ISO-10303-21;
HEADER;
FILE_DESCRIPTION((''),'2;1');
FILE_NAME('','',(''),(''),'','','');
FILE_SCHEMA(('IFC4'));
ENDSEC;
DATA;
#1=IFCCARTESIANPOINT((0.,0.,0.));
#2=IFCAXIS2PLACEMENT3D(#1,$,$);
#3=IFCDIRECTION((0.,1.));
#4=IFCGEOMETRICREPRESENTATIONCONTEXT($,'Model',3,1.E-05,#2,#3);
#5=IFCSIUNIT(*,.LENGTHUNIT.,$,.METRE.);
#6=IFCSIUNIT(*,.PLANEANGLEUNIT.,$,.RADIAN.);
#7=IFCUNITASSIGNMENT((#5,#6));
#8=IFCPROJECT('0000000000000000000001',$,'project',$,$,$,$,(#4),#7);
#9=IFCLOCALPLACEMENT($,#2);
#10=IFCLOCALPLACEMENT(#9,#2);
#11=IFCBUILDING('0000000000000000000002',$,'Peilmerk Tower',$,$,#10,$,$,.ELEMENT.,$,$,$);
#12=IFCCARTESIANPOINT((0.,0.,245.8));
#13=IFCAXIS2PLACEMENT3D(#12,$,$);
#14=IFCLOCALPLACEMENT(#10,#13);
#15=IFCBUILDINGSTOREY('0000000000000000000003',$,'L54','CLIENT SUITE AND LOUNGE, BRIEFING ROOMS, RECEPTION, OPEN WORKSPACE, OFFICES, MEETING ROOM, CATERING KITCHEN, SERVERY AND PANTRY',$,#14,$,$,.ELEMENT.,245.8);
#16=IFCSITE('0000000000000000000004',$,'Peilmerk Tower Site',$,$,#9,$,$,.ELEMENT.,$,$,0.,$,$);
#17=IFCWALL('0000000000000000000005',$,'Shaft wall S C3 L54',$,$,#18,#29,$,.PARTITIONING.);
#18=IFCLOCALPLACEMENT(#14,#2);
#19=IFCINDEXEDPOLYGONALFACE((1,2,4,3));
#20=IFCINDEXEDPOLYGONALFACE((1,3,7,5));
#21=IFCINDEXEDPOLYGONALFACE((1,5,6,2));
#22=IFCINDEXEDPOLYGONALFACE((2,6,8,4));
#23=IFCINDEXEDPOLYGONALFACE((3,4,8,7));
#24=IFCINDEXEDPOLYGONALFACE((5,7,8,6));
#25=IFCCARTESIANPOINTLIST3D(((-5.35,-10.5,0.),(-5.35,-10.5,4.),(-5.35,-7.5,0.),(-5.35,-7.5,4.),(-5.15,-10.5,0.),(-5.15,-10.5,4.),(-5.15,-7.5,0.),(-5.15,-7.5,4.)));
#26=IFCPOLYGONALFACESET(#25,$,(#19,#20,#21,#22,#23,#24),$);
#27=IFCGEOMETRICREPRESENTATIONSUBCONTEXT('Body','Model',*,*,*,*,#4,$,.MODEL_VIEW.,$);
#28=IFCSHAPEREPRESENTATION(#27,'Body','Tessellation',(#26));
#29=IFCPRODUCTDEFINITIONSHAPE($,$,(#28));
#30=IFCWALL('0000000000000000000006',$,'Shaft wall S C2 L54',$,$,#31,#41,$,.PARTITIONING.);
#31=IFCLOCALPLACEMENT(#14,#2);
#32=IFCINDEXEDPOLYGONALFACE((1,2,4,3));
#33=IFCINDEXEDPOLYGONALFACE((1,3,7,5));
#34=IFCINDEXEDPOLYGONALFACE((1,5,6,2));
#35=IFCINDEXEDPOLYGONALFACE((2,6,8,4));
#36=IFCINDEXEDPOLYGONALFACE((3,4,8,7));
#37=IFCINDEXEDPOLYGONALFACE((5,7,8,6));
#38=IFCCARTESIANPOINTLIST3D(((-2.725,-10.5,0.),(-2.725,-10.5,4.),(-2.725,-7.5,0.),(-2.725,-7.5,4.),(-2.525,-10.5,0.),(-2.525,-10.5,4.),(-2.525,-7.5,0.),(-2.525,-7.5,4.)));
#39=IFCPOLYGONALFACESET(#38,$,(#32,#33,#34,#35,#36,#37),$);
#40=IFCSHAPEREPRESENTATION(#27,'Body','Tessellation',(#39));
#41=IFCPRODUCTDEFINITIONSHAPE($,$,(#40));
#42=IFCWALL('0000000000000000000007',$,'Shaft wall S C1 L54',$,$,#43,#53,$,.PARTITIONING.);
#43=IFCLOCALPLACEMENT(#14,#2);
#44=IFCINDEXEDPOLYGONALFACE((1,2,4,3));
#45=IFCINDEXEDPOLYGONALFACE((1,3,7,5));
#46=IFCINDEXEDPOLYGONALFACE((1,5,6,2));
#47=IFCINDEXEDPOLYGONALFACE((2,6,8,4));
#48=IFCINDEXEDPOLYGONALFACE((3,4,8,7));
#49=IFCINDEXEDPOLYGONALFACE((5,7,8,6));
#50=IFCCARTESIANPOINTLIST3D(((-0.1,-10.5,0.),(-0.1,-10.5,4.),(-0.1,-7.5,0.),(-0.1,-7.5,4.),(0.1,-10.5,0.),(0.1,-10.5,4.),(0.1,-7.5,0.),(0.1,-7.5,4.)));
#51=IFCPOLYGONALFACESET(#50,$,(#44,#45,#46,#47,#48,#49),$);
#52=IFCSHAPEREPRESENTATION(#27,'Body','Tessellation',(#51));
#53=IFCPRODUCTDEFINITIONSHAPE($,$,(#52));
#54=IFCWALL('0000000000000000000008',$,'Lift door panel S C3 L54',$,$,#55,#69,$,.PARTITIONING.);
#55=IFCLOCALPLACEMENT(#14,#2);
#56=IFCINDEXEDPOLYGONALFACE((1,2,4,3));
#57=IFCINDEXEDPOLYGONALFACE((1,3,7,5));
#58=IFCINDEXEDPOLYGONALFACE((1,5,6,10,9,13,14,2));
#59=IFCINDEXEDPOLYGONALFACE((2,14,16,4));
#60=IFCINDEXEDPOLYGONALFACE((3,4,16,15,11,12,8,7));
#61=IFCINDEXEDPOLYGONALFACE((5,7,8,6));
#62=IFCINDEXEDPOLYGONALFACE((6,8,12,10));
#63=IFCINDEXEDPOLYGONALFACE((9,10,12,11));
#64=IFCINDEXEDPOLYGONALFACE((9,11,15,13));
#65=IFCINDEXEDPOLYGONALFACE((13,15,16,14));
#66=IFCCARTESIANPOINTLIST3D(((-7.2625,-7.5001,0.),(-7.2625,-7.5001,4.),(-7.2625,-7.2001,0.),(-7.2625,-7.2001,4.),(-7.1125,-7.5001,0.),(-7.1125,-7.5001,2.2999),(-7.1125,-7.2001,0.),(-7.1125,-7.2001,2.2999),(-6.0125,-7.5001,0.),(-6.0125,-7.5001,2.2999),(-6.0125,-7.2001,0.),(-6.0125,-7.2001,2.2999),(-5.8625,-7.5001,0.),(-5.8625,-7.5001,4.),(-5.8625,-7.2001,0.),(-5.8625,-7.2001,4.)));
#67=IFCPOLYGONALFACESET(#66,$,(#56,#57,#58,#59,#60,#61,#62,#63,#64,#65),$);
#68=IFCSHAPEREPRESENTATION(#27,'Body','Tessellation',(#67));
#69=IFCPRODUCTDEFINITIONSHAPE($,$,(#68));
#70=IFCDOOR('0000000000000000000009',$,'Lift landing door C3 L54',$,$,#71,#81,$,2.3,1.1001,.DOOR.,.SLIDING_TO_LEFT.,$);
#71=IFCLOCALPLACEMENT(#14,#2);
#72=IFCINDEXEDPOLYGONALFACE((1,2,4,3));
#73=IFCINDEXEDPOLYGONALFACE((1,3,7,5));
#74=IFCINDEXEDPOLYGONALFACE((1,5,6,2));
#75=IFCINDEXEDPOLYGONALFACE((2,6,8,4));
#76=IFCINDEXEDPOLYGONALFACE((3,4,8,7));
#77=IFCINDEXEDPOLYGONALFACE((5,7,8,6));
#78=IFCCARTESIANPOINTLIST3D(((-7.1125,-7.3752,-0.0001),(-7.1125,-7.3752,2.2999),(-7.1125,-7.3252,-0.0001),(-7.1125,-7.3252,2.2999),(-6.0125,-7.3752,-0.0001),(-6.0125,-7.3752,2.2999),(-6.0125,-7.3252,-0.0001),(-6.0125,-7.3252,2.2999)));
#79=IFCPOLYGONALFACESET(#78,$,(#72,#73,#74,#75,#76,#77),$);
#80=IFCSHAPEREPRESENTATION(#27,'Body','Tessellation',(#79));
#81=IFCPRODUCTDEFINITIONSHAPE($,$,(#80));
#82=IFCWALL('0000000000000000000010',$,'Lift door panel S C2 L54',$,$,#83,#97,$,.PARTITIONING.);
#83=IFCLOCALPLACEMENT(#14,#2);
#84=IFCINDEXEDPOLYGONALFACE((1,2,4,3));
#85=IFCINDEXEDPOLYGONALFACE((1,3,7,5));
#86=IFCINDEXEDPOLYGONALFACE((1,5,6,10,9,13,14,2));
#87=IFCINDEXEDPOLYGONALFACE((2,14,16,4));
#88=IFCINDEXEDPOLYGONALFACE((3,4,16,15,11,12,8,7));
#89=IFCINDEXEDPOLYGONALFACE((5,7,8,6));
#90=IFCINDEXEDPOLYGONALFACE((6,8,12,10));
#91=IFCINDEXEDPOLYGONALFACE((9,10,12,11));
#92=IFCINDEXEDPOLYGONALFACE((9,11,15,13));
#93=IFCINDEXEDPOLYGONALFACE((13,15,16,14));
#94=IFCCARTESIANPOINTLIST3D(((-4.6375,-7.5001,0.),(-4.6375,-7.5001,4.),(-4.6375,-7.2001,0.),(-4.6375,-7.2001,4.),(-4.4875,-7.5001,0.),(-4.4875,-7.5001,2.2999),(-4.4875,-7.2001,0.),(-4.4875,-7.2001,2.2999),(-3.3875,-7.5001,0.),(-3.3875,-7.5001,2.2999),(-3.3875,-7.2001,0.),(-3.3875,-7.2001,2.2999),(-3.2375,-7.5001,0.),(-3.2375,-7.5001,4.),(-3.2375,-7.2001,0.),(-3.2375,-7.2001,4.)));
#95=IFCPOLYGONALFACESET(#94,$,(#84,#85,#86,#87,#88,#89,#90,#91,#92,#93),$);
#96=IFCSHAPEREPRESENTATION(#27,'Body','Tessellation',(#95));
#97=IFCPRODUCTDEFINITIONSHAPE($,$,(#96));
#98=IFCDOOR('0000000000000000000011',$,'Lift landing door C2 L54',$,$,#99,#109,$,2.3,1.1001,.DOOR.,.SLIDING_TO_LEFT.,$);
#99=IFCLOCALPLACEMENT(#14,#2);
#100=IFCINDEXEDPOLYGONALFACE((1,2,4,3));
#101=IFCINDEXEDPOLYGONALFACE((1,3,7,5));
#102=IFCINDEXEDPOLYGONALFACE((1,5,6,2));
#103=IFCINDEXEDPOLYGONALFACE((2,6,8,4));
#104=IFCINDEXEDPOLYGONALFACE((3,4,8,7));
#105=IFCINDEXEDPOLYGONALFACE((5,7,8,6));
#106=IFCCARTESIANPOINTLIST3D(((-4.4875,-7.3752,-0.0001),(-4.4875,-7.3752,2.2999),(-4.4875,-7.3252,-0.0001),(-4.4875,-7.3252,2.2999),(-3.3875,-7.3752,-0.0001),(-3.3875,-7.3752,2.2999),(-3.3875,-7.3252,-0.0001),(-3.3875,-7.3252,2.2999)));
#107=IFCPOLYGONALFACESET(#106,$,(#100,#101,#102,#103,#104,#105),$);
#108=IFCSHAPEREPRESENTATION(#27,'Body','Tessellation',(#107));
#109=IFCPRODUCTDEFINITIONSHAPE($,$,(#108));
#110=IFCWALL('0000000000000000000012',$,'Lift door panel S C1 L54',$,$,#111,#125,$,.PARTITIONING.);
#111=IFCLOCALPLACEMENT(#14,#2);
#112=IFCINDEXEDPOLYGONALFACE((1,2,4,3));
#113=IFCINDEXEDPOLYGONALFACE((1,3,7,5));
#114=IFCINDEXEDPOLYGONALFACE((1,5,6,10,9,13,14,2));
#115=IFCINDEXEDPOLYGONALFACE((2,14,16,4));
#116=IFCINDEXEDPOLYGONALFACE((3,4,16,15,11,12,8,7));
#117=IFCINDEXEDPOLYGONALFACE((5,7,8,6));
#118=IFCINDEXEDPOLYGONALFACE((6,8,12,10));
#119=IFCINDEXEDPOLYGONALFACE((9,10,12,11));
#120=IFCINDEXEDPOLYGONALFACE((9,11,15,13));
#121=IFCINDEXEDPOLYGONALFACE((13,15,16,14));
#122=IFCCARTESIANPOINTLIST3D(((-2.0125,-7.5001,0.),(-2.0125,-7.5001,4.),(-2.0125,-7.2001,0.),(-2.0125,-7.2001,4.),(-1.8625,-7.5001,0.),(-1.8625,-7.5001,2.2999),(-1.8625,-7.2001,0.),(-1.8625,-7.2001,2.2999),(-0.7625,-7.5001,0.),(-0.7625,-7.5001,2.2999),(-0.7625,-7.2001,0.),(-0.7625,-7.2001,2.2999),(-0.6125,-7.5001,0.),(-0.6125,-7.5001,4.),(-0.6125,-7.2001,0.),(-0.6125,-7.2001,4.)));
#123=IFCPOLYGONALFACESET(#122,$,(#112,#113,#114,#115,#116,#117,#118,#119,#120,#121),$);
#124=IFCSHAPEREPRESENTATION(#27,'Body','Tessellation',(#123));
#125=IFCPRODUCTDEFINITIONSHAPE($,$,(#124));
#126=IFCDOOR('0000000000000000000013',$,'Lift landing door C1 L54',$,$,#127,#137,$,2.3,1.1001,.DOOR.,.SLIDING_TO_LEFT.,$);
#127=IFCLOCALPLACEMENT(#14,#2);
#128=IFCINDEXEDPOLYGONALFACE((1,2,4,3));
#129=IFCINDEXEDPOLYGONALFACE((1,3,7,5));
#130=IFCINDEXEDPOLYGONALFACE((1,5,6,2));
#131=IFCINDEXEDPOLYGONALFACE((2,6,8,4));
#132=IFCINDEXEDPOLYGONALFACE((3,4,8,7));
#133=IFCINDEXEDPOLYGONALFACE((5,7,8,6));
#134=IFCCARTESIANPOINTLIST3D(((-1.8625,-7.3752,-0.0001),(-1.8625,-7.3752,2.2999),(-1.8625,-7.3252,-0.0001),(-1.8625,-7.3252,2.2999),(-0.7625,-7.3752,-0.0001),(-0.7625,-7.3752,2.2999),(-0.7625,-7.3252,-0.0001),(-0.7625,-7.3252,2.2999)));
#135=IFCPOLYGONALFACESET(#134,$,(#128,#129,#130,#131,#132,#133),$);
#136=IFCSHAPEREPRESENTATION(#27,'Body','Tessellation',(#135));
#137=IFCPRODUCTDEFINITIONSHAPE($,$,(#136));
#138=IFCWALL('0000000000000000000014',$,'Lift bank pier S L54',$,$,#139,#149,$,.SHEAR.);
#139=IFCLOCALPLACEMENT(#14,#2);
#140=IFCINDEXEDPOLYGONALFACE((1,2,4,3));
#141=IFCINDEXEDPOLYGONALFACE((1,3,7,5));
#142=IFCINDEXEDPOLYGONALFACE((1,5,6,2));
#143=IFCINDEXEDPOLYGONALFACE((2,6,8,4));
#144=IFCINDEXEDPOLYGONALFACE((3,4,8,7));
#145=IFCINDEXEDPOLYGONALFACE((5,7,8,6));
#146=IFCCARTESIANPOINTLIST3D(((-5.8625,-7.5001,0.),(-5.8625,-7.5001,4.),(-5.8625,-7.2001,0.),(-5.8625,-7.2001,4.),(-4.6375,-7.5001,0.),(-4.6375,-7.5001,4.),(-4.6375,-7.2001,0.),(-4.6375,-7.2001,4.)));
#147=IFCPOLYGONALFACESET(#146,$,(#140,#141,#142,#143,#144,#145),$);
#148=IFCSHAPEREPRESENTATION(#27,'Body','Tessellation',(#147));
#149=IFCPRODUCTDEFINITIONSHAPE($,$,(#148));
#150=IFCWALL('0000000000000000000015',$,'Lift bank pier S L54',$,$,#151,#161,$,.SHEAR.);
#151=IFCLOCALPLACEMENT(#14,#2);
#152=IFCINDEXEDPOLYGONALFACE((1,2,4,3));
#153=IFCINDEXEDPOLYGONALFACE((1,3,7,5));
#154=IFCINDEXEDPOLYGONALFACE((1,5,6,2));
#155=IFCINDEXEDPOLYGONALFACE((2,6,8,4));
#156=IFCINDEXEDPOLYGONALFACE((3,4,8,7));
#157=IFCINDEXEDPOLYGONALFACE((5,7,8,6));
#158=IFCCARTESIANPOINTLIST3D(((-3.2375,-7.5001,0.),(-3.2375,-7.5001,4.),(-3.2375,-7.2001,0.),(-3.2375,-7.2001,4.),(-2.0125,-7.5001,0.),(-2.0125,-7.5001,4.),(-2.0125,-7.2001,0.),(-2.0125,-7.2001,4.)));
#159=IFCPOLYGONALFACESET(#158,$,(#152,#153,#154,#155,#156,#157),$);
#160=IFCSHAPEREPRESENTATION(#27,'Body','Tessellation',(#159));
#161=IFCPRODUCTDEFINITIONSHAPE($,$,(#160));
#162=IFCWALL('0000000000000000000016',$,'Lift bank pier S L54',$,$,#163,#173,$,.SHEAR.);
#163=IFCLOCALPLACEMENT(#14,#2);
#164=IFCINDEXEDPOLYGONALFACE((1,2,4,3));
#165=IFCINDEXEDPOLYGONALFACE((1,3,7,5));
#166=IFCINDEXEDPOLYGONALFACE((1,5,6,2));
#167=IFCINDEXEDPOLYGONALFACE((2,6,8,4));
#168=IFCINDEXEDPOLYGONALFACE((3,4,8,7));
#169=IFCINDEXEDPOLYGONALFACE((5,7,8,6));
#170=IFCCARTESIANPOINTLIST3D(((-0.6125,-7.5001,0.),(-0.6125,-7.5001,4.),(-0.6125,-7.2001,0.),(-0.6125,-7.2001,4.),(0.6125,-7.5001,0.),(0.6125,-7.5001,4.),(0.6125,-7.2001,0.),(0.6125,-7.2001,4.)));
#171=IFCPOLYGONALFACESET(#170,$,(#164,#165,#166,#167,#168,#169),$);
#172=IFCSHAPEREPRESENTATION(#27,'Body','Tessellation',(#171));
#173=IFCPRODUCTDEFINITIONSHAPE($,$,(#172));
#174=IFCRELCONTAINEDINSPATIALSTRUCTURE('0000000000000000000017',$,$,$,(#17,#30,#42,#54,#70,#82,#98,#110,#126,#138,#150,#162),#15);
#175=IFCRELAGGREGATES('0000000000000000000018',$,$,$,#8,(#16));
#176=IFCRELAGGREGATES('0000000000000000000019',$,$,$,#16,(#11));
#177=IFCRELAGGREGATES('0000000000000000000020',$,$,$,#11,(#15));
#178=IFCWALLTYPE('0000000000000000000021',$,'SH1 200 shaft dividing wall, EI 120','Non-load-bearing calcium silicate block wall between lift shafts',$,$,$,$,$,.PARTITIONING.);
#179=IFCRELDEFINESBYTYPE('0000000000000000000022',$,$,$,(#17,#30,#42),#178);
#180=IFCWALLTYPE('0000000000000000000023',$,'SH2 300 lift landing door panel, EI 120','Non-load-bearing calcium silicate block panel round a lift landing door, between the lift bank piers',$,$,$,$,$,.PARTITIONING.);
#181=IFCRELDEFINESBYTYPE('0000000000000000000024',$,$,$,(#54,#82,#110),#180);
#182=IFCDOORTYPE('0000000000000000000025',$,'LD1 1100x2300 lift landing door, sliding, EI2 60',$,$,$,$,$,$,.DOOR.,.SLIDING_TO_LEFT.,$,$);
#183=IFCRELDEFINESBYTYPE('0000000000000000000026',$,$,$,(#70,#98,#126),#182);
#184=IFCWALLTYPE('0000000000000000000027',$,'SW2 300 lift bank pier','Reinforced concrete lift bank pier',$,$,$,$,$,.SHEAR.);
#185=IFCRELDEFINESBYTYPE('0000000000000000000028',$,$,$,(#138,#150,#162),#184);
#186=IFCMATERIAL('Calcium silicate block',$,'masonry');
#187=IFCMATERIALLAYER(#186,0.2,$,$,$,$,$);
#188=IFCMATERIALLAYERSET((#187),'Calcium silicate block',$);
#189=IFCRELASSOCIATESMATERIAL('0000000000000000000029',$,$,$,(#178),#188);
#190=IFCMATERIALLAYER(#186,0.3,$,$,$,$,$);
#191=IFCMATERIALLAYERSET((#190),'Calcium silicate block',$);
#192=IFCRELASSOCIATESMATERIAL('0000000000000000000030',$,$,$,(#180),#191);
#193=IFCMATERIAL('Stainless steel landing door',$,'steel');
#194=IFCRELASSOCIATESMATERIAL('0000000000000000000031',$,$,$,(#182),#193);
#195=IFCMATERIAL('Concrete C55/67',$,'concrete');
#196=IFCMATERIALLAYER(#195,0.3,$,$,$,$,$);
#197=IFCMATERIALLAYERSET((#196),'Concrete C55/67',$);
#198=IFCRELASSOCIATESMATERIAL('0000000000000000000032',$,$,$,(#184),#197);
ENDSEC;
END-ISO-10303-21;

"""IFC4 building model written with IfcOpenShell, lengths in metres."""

from ifc_helpers import new_model, si_unit, direction, frame, frame_2d, origin, place, context, subcontext, project, spatial, rectangle, extrude, material, layer, layer_set, type_object, element, fill, save


model = new_model("IFC4")

# Units and contexts
model_context = context("Model", 3, precision=1e-05, world=origin(), true_north=direction((0.0, 1.0)))
body_context = subcontext(model_context, "Body", "Model", "MODEL_VIEW")
ifc_project = project(units=[si_unit("LENGTHUNIT", "METRE"), si_unit("PLANEANGLEUNIT", "RADIAN")], contexts=[model_context])

# Site, building, storey
site_placement = place(None, origin())
site = spatial("IfcSite", under=ifc_project, at=site_placement, Name="Peilmerk Tower Site", CompositionType="ELEMENT", RefElevation=0.0)
building_placement = place(site_placement, origin())
building = spatial("IfcBuilding", under=site, at=building_placement, Name="Peilmerk Tower", CompositionType="ELEMENT")
storey_placement = place(building_placement, frame((0.0, 0.0, 245.8)))
storey = spatial("IfcBuildingStorey", under=building, at=storey_placement, Name="L54", Description="CLIENT SUITE AND LOUNGE, BRIEFING ROOMS, RECEPTION, OPEN WORKSPACE, OFFICES, MEETING ROOM, CATERING KITCHEN, SERVERY AND PANTRY", CompositionType="ELEMENT", Elevation=245.8)

# Walls
ifc_material_1 = material(Name="Calcium silicate block", Category="masonry")
ifc_layer_1 = layer(ifc_material_1, 0.2)
ifc_layer_set_1 = layer_set([ifc_layer_1], Name="Calcium silicate block")
wall_type_1 = type_object("IfcWallType", Name="SH1 200 shaft dividing wall, EI 120", Description="Non-load-bearing calcium silicate block wall between lift shafts", PredefinedType="PARTITIONING", material=ifc_layer_set_1)
for number, where, z_axis, x_axis, name in (
    (1, (-5.25, -10.5, 0.0), (0.0, 0.0, 1.0), (0.0, 1.0, 0.0), "Shaft wall S C3 L54"),
    (2, (-2.625, -10.5, 0.0), (0.0, 0.0, 1.0), (0.0, 1.0, 0.0), "Shaft wall S C2 L54"),
    (3, (0.0, -10.5, 0.0), (0.0, 0.0, 1.0), (0.0, 1.0, 0.0), "Shaft wall S C1 L54"),
):
    element("IfcWall", number, at=place(storey_placement, frame(where, z_axis=z_axis, x_axis=x_axis)), inside=storey, type_object=wall_type_1, Name=name, PredefinedType="PARTITIONING", context=body_context, shape_type="SweptSolid", body=[
        extrude(rectangle(XDim=3.0, YDim=0.2, at=frame_2d((1.5, 0.0))), origin(), (0.0, 0.0, 1.0), 4.0),
    ])

# Walls, openings, doors
ifc_layer_2 = layer(ifc_material_1, 0.3)
ifc_layer_set_2 = layer_set([ifc_layer_2], Name="Calcium silicate block")
wall_type_2 = type_object("IfcWallType", Name="SH2 300 lift landing door panel, EI 120", Description="Non-load-bearing calcium silicate block panel round a lift landing door, between the lift bank piers", PredefinedType="PARTITIONING", material=ifc_layer_set_2)
wall_1_placement = place(storey_placement, frame((-7.2625, -7.3501, 0.0), z_axis=(0.0, 0.0, 1.0), x_axis=(1.0, 0.0, 0.0)))
wall_1 = element("IfcWall", 4, at=wall_1_placement, inside=storey, type_object=wall_type_2, Name="Lift door panel S C3 L54", PredefinedType="PARTITIONING", context=body_context, shape_type="SweptSolid", body=[
    extrude(rectangle(XDim=1.3999, YDim=0.3, at=frame_2d((0.7, 0.0))), origin(), (0.0, 0.0, 1.0), 4.0),
])
opening_1_placement = place(wall_1_placement, frame((0.1499, 0.0, 0.0)))
opening_1 = element("IfcOpeningElement", 5, at=opening_1_placement, cuts=wall_1, PredefinedType="OPENING", context=body_context, shape_type="SweptSolid", body=[
    extrude(rectangle(XDim=1.1001, YDim=2.3, at=frame_2d((0.55, 1.1499))), frame((0.0, 0.1599, 0.0), z_axis=(0.0, -1.0, 0.0), x_axis=(1.0, 0.0, 0.0)), (0.0, 0.0, 1.0), 0.3201),
])
ifc_material_2 = material(Name="Stainless steel landing door", Category="steel")
door_type = type_object("IfcDoorType", Name="LD1 1100x2300 lift landing door, sliding, EI2 60", OperationType="SLIDING_TO_LEFT", PredefinedType="DOOR", material=ifc_material_2)
door_1_placement = place(opening_1_placement, origin())
door_1 = element("IfcDoor", 6, at=door_1_placement, inside=storey, type_object=door_type, Name="Lift landing door C3 L54", OperationType="SLIDING_TO_LEFT", OverallHeight=2.3, OverallWidth=1.1001, PredefinedType="DOOR", context=body_context, shape_type="SweptSolid", body=[
    extrude(rectangle(XDim=1.1001, YDim=2.3, at=frame_2d((0.55, 1.1499))), frame((0.0, 0.0249, 0.0), z_axis=(0.0, -1.0, 0.0), x_axis=(1.0, 0.0, 0.0)), (0.0, 0.0, 1.0), 0.05),
])
fill(opening_1, door_1)
wall_2_placement = place(storey_placement, frame((-4.6375, -7.3501, 0.0), z_axis=(0.0, 0.0, 1.0), x_axis=(1.0, 0.0, 0.0)))
wall_2 = element("IfcWall", 7, at=wall_2_placement, inside=storey, type_object=wall_type_2, Name="Lift door panel S C2 L54", PredefinedType="PARTITIONING", context=body_context, shape_type="SweptSolid", body=[
    extrude(rectangle(XDim=1.3999, YDim=0.3, at=frame_2d((0.7, 0.0))), origin(), (0.0, 0.0, 1.0), 4.0),
])
opening_2_placement = place(wall_2_placement, frame((0.1499, 0.0, 0.0)))
opening_2 = element("IfcOpeningElement", 8, at=opening_2_placement, cuts=wall_2, PredefinedType="OPENING", context=body_context, shape_type="SweptSolid", body=[
    extrude(rectangle(XDim=1.1001, YDim=2.3, at=frame_2d((0.55, 1.1499))), frame((0.0, 0.1599, 0.0), z_axis=(0.0, -1.0, 0.0), x_axis=(1.0, 0.0, 0.0)), (0.0, 0.0, 1.0), 0.3201),
])
door_2_placement = place(opening_2_placement, origin())
door_2 = element("IfcDoor", 9, at=door_2_placement, inside=storey, type_object=door_type, Name="Lift landing door C2 L54", OperationType="SLIDING_TO_LEFT", OverallHeight=2.3, OverallWidth=1.1001, PredefinedType="DOOR", context=body_context, shape_type="SweptSolid", body=[
    extrude(rectangle(XDim=1.1001, YDim=2.3, at=frame_2d((0.55, 1.1499))), frame((0.0, 0.0249, 0.0), z_axis=(0.0, -1.0, 0.0), x_axis=(1.0, 0.0, 0.0)), (0.0, 0.0, 1.0), 0.05),
])
fill(opening_2, door_2)
wall_3_placement = place(storey_placement, frame((-2.0125, -7.3501, 0.0), z_axis=(0.0, 0.0, 1.0), x_axis=(1.0, 0.0, 0.0)))
wall_3 = element("IfcWall", 10, at=wall_3_placement, inside=storey, type_object=wall_type_2, Name="Lift door panel S C1 L54", PredefinedType="PARTITIONING", context=body_context, shape_type="SweptSolid", body=[
    extrude(rectangle(XDim=1.3999, YDim=0.3, at=frame_2d((0.7, 0.0))), origin(), (0.0, 0.0, 1.0), 4.0),
])
opening_3_placement = place(wall_3_placement, frame((0.1499, 0.0, 0.0)))
opening_3 = element("IfcOpeningElement", 11, at=opening_3_placement, cuts=wall_3, PredefinedType="OPENING", context=body_context, shape_type="SweptSolid", body=[
    extrude(rectangle(XDim=1.1001, YDim=2.3, at=frame_2d((0.55, 1.1499))), frame((0.0, 0.1599, 0.0), z_axis=(0.0, -1.0, 0.0), x_axis=(1.0, 0.0, 0.0)), (0.0, 0.0, 1.0), 0.3201),
])
door_3_placement = place(opening_3_placement, origin())
door_3 = element("IfcDoor", 12, at=door_3_placement, inside=storey, type_object=door_type, Name="Lift landing door C1 L54", OperationType="SLIDING_TO_LEFT", OverallHeight=2.3, OverallWidth=1.1001, PredefinedType="DOOR", context=body_context, shape_type="SweptSolid", body=[
    extrude(rectangle(XDim=1.1001, YDim=2.3, at=frame_2d((0.55, 1.1499))), frame((0.0, 0.0249, 0.0), z_axis=(0.0, -1.0, 0.0), x_axis=(1.0, 0.0, 0.0)), (0.0, 0.0, 1.0), 0.05),
])
fill(opening_3, door_3)

# Walls
ifc_material_3 = material(Name="Concrete C55/67", Category="concrete")
ifc_layer_3 = layer(ifc_material_3, 0.3)
ifc_layer_set_3 = layer_set([ifc_layer_3], Name="Concrete C55/67")
wall_type_3 = type_object("IfcWallType", Name="SW2 300 lift bank pier", Description="Reinforced concrete lift bank pier", PredefinedType="SHEAR", material=ifc_layer_set_3)
for number, where, z_axis, x_axis, name in (
    (13, (-5.8625, -7.3501, 0.0), (0.0, 0.0, 1.0), (1.0, 0.0, 0.0), "Lift bank pier S L54"),
    (14, (-3.2375, -7.3501, 0.0), (0.0, 0.0, 1.0), (1.0, 0.0, 0.0), "Lift bank pier S L54"),
    (15, (-0.6125, -7.3501, 0.0), (0.0, 0.0, 1.0), (1.0, 0.0, 0.0), "Lift bank pier S L54"),
):
    element("IfcWall", number, at=place(storey_placement, frame(where, z_axis=z_axis, x_axis=x_axis)), inside=storey, type_object=wall_type_3, Name=name, PredefinedType="SHEAR", context=body_context, shape_type="SweptSolid", body=[
        extrude(rectangle(XDim=1.2251, YDim=0.3, at=frame_2d((0.6125, 0.0))), origin(), (0.0, 0.0, 1.0), 4.0),
    ])

save(model, "model.ifc")
